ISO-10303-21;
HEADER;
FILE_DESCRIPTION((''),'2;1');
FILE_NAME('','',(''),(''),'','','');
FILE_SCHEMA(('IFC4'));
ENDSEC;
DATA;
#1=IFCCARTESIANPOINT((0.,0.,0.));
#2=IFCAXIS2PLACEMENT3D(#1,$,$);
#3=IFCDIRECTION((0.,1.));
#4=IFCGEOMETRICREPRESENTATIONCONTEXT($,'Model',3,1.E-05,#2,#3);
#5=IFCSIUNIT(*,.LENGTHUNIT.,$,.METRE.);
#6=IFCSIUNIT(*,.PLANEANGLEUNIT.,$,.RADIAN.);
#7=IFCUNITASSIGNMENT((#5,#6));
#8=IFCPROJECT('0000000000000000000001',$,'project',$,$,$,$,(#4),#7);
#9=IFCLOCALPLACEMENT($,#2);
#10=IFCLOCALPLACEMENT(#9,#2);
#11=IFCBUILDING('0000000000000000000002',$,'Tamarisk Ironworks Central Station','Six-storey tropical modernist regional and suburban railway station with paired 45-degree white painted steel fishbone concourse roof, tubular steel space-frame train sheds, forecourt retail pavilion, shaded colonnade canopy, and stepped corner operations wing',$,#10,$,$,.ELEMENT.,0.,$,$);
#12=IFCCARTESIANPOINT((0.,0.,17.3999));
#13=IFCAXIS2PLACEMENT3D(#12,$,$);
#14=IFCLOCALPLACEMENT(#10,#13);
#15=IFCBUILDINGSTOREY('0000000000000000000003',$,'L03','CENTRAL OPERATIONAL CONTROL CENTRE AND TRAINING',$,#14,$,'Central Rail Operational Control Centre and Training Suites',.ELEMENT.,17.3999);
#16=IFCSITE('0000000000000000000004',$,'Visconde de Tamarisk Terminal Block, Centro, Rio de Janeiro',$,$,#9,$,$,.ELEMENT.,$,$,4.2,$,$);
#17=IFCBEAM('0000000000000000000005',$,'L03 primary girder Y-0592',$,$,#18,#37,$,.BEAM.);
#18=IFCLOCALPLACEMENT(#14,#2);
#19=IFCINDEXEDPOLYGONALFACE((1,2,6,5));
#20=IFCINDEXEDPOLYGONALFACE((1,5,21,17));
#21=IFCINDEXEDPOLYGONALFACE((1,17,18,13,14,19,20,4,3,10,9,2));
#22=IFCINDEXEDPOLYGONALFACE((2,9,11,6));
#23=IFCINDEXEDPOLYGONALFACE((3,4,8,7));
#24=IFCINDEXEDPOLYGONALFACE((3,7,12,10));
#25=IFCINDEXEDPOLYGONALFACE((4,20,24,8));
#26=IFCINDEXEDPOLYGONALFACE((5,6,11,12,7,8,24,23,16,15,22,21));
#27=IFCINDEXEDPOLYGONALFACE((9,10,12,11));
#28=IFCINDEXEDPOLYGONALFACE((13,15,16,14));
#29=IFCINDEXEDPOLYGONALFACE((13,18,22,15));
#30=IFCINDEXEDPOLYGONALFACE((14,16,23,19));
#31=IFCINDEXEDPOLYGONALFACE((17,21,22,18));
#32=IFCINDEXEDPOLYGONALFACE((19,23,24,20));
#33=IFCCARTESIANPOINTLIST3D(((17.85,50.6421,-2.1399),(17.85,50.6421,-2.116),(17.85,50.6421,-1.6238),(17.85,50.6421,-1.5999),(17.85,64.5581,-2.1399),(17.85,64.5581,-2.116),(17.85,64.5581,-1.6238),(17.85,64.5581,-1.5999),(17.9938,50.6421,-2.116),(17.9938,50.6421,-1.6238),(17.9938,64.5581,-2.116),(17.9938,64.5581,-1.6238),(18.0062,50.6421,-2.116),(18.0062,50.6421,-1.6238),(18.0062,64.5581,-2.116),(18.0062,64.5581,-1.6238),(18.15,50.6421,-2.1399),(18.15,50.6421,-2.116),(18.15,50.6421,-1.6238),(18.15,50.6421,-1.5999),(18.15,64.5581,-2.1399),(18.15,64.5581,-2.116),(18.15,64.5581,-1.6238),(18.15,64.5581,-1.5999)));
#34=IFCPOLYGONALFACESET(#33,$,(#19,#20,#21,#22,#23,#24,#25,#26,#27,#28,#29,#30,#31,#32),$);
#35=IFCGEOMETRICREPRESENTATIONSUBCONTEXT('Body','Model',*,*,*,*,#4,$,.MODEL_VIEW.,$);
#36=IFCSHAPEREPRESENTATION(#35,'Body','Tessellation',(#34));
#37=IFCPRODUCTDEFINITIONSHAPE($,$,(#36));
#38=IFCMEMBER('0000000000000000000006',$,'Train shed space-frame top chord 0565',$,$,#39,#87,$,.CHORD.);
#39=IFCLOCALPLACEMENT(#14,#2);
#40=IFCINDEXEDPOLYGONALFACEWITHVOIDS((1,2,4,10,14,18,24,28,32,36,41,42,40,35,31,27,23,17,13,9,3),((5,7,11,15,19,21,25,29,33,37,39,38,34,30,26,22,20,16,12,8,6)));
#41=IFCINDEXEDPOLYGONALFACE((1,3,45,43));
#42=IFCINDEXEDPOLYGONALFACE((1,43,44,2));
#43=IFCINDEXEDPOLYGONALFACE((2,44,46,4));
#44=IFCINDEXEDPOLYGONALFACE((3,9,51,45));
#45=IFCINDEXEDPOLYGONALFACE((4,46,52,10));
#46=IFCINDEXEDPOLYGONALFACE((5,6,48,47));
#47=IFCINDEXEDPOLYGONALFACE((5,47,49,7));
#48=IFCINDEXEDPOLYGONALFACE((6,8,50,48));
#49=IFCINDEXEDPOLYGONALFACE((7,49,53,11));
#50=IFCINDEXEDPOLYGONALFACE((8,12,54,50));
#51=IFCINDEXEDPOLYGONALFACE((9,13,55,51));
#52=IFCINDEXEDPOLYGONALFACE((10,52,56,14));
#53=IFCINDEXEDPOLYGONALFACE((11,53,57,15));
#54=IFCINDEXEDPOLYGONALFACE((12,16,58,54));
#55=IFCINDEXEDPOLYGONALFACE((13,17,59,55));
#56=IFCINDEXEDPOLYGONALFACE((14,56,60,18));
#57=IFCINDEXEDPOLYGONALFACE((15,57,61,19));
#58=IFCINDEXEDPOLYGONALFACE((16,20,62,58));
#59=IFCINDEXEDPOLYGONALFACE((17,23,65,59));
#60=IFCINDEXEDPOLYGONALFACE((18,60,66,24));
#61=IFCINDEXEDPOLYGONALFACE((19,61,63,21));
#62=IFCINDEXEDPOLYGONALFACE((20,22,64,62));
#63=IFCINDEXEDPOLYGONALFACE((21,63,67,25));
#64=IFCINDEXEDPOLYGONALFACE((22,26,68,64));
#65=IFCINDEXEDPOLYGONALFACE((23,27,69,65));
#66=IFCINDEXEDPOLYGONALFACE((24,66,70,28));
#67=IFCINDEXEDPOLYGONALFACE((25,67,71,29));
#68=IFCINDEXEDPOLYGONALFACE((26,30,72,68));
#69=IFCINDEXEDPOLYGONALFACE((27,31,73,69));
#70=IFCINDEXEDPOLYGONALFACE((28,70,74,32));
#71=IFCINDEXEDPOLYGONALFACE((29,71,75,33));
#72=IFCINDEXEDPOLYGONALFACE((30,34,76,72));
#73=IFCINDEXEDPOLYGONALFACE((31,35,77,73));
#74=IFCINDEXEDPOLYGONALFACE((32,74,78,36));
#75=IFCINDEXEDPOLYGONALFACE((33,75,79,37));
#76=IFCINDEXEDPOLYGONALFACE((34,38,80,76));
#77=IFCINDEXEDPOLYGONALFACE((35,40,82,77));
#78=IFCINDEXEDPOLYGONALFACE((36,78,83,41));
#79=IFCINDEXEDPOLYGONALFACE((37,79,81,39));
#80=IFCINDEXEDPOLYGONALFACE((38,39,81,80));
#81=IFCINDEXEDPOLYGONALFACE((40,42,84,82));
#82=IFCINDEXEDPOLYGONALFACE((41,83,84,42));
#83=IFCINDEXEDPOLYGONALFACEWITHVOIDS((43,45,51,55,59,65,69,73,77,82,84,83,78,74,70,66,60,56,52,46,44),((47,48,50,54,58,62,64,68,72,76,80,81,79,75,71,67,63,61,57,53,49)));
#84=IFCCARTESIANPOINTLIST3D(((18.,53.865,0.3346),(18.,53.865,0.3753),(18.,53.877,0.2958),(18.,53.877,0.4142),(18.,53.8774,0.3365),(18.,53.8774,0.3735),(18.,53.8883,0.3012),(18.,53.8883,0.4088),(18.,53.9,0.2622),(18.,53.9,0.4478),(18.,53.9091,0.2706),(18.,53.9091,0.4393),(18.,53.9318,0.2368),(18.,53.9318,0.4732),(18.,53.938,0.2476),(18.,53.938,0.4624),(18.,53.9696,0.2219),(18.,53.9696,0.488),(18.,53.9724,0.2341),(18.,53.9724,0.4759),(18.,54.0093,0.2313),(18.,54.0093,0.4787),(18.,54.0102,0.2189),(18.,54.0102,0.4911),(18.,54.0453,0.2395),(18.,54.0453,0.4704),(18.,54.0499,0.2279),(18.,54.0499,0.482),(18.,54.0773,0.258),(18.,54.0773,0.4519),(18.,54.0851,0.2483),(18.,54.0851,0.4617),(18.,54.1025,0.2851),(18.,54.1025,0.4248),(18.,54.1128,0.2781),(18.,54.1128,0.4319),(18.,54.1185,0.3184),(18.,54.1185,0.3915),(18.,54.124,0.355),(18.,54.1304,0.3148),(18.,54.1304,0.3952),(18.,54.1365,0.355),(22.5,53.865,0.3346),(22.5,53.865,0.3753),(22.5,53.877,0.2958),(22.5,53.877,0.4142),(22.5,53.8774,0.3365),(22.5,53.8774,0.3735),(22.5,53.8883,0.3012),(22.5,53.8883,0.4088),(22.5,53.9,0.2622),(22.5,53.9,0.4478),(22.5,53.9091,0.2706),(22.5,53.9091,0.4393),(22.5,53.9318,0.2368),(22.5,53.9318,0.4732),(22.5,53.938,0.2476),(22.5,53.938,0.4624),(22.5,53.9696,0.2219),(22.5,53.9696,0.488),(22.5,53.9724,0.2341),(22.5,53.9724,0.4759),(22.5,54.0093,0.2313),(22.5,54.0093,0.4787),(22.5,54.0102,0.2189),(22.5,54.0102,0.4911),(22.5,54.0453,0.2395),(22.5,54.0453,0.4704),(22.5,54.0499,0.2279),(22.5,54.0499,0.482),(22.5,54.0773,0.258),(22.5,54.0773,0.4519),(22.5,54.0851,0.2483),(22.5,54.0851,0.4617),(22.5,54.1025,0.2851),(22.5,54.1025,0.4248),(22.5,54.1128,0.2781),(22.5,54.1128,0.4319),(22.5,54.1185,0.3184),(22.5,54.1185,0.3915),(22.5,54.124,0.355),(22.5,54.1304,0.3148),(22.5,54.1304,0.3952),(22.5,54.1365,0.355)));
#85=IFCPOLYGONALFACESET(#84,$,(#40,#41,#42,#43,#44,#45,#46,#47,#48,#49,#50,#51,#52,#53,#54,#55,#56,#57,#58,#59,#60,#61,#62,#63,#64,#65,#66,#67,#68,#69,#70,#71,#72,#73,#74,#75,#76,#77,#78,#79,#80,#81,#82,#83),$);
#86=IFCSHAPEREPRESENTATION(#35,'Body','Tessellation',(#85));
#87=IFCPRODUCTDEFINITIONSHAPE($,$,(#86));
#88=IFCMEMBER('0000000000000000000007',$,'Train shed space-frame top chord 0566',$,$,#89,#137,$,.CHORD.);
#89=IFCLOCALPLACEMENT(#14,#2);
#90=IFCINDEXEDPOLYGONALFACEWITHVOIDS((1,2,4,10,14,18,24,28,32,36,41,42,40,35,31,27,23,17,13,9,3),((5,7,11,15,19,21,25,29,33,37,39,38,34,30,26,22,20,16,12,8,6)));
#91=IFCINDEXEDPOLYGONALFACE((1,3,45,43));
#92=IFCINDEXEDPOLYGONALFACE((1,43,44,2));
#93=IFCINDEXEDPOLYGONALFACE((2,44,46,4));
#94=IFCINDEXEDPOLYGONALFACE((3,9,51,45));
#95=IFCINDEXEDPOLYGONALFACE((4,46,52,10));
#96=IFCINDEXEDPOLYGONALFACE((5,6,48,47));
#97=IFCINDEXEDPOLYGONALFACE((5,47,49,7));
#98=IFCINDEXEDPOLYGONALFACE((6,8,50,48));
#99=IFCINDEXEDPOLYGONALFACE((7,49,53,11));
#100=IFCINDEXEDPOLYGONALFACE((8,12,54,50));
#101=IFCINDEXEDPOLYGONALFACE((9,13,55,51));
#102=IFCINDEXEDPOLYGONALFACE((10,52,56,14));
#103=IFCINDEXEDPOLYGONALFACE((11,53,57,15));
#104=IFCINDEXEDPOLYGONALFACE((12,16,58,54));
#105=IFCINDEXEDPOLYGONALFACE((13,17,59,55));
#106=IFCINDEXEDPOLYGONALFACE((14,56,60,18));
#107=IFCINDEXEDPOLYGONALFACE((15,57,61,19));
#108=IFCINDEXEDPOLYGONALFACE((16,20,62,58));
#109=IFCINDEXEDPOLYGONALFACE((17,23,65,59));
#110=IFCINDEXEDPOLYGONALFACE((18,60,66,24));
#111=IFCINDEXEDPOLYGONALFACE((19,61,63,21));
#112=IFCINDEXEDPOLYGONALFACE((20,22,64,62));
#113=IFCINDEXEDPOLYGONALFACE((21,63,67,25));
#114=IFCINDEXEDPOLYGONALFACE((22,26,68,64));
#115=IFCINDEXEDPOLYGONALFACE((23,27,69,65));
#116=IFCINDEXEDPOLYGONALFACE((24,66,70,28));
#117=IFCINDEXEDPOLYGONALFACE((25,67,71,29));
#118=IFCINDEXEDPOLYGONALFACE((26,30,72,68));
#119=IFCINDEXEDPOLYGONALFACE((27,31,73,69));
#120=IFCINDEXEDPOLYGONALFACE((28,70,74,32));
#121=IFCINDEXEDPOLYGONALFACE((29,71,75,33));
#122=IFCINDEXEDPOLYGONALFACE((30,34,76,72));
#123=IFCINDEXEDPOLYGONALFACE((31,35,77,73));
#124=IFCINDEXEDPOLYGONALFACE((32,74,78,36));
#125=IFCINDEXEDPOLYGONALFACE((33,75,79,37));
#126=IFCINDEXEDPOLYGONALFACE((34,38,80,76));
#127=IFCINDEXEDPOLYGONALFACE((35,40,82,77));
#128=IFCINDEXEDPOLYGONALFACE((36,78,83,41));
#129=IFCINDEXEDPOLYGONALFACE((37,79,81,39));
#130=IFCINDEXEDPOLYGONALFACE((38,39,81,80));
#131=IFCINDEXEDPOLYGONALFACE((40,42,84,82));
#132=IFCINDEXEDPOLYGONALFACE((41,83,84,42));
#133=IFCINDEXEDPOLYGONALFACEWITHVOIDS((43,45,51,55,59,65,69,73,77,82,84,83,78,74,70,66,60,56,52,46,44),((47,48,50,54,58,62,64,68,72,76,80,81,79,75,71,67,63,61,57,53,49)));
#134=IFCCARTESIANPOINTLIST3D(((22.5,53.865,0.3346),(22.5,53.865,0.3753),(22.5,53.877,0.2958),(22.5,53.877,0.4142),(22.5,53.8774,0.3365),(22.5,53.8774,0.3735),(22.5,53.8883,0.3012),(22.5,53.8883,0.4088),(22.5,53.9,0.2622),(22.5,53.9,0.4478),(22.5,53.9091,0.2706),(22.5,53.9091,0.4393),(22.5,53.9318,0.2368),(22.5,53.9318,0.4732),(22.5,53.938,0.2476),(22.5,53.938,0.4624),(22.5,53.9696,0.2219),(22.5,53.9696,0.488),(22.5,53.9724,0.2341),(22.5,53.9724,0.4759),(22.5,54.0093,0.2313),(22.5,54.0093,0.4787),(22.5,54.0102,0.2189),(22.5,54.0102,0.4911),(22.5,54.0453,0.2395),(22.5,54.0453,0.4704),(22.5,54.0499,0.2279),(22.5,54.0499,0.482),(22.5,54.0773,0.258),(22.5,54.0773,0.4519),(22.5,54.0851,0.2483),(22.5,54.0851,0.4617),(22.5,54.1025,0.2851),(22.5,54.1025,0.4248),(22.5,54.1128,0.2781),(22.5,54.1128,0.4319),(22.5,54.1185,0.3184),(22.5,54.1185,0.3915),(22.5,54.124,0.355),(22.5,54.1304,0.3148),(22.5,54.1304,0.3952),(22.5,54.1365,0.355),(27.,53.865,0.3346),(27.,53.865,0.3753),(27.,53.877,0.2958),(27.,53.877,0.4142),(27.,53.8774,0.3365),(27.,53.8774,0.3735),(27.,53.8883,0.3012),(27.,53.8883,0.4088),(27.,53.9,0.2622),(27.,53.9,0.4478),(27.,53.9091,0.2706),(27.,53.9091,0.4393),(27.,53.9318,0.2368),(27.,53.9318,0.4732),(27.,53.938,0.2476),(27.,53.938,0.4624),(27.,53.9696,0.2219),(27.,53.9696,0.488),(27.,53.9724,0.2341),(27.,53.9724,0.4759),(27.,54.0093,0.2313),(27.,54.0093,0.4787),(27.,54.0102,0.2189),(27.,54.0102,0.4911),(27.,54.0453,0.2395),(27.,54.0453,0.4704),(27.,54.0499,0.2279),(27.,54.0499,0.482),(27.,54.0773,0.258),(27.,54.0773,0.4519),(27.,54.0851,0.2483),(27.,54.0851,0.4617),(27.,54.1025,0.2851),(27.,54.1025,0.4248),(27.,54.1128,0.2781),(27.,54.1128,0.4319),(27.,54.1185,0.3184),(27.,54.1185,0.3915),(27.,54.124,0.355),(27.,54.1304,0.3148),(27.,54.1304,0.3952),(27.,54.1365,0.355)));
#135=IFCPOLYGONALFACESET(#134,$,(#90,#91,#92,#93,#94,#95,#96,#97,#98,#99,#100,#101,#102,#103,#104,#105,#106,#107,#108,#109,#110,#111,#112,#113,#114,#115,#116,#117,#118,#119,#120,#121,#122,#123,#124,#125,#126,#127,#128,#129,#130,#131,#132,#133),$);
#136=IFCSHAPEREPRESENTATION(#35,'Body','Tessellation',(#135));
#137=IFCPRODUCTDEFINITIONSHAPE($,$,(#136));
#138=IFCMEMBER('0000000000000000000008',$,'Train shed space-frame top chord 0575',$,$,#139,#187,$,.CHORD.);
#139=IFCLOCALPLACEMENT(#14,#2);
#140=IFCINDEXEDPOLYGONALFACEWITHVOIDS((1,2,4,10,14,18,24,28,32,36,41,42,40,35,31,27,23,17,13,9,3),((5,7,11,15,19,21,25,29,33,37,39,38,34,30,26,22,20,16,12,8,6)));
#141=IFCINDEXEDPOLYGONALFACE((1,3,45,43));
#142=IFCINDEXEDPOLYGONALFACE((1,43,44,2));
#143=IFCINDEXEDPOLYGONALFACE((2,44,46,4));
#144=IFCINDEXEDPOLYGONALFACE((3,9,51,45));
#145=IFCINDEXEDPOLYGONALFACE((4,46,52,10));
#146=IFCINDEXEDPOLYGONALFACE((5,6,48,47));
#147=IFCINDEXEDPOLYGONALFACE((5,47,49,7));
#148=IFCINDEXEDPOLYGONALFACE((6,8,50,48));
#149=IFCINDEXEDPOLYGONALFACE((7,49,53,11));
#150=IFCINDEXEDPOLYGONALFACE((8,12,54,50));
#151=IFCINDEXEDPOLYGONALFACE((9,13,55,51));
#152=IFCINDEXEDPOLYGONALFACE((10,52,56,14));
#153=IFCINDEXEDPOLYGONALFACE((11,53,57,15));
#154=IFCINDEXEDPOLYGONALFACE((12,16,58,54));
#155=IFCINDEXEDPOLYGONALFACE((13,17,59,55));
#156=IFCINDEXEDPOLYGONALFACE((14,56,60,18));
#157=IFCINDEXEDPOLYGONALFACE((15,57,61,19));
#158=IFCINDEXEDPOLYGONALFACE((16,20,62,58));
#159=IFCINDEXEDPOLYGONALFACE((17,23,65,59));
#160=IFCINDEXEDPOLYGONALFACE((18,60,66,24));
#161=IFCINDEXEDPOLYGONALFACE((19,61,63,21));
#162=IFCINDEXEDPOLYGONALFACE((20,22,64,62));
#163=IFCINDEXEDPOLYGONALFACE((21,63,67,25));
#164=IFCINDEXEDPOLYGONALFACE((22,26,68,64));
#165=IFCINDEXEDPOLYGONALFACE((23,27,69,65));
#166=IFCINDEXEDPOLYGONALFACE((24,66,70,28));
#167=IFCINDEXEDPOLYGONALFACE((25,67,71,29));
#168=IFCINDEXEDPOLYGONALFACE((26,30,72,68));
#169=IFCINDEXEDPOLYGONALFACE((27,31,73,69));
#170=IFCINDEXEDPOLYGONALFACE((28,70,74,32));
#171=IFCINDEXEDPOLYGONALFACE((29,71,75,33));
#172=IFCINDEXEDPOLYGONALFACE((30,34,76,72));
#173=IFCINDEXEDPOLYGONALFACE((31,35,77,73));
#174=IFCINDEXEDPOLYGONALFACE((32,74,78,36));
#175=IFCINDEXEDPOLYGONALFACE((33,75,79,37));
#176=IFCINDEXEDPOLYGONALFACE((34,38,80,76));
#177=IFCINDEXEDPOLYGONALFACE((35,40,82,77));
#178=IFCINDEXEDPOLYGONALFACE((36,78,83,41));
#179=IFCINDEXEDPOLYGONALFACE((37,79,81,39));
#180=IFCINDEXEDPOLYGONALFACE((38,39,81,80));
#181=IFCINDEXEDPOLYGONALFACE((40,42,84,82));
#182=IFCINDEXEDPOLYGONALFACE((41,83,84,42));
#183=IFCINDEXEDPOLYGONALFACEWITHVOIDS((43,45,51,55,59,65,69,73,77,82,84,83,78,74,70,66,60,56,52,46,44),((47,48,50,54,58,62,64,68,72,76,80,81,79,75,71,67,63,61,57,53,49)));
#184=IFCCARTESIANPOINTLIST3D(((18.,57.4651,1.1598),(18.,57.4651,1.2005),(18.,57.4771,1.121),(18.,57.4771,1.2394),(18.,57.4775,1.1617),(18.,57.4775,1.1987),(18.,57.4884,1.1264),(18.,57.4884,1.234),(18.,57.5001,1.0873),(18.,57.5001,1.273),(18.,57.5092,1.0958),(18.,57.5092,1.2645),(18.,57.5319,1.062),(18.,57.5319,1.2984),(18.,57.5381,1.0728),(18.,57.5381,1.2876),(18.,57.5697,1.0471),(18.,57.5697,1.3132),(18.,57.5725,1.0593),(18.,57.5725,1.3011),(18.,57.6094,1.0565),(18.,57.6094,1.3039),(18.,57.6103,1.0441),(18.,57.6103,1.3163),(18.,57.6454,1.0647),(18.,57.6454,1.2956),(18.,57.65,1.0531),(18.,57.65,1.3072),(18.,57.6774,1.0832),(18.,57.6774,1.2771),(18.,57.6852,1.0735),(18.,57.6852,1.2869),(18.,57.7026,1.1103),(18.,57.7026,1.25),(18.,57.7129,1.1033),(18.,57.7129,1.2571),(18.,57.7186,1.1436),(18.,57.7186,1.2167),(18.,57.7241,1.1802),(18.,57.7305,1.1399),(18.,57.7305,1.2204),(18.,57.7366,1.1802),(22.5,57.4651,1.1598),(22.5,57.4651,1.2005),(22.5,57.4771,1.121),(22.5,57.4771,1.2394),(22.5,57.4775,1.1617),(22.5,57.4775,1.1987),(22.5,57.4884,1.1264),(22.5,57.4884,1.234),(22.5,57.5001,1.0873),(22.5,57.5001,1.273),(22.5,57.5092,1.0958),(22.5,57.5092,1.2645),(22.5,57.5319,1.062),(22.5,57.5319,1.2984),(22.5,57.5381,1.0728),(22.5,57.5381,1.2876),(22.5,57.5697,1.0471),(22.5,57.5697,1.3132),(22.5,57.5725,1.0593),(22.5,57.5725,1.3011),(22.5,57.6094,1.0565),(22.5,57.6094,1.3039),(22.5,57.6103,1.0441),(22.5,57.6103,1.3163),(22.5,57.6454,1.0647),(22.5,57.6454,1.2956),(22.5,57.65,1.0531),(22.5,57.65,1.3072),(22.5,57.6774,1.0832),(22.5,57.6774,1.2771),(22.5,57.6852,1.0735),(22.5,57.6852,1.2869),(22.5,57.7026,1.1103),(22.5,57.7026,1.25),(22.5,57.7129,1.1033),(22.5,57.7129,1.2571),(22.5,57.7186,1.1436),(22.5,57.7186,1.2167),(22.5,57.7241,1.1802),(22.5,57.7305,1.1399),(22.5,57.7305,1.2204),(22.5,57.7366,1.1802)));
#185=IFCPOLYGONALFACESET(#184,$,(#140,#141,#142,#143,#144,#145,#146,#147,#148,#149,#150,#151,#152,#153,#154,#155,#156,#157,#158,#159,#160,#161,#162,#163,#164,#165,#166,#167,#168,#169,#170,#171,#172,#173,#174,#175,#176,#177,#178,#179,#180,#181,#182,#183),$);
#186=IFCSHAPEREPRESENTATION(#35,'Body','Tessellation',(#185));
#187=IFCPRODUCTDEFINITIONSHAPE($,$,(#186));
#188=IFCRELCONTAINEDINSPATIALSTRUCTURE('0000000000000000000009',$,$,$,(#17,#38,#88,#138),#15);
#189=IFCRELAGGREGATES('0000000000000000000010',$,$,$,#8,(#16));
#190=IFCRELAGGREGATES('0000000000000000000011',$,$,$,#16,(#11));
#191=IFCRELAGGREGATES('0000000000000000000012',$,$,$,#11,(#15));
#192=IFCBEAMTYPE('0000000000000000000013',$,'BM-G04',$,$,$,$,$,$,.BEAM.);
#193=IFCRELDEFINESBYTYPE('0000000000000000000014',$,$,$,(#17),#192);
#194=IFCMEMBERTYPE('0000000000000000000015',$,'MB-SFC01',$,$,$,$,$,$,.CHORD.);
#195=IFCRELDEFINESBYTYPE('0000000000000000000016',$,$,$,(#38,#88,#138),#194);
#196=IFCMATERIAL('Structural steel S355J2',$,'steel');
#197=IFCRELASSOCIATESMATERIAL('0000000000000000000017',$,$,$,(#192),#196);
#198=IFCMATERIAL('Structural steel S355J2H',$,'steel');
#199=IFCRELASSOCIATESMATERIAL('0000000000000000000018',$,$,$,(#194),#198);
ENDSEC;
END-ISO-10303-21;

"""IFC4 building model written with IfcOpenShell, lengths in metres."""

from ifc_helpers import new_model, si_unit, direction, frame, origin, origin_2d, place, context, subcontext, project, spatial, hollow_circle, i_section, extrude, material, material_profile, profile_set, type_object, element, save


model = new_model("IFC4")

# Units and contexts
model_context = context("Model", 3, precision=1e-05, world=origin(), true_north=direction((0.0, 1.0)))
body_context = subcontext(model_context, "Body", "Model", "MODEL_VIEW")
ifc_project = project(units=[si_unit("LENGTHUNIT", "METRE"), si_unit("PLANEANGLEUNIT", "RADIAN")], contexts=[model_context])

# Site, building, storey
site_placement = place(None, origin())
site = spatial("IfcSite", under=ifc_project, at=site_placement, Name="Visconde de Tamarisk Terminal Block, Centro, Rio de Janeiro", CompositionType="ELEMENT", RefElevation=4.2)
building_placement = place(site_placement, origin())
building = spatial("IfcBuilding", under=site, at=building_placement, Name="Tamarisk Ironworks Central Station", Description="Six-storey tropical modernist regional and suburban railway station with paired 45-degree white painted steel fishbone concourse roof, tubular steel space-frame train sheds, forecourt retail pavilion, shaded colonnade canopy, and stepped corner operations wing", CompositionType="ELEMENT", ElevationOfRefHeight=0.0)
storey_placement = place(building_placement, frame((0.0, 0.0, 17.3999)))
storey = spatial("IfcBuildingStorey", under=building, at=storey_placement, Name="L03", Description="CENTRAL OPERATIONAL CONTROL CENTRE AND TRAINING", LongName="Central Rail Operational Control Centre and Training Suites", CompositionType="ELEMENT", Elevation=17.3999)

# Beam
ifc_material_1 = material(Name="Structural steel S355J2", Category="steel")
ifc_material_profile_1 = material_profile(ifc_material_1, i_section(OverallWidth=0.3, OverallDepth=0.54, WebThickness=0.0125, FlangeThickness=0.0239, at=origin_2d()), Name="HEA 550")
ifc_profile_set_1 = profile_set([ifc_material_profile_1], Name="Structural steel S355J2")
beam_type = type_object("IfcBeamType", Name="BM-G04", PredefinedType="BEAM", material=ifc_profile_set_1)
beam_placement = place(storey_placement, frame((18.0, 50.6421, -1.8699), z_axis=(0.0, 1.0, 0.0), x_axis=(-1.0, 0.0, 0.0)))
element("IfcBeam", 1, at=beam_placement, inside=storey, type_object=beam_type, Name="L03 primary girder Y-0592", PredefinedType="BEAM", context=body_context, shape_type="SweptSolid", body=[
    extrude(i_section(OverallWidth=0.3, OverallDepth=0.54, WebThickness=0.0125, FlangeThickness=0.0239, at=origin_2d()), origin(), (0.0, 0.0, 1.0), 13.916),
])

# Members
ifc_material_2 = material(Name="Structural steel S355J2H", Category="steel")
ifc_material_profile_2 = material_profile(ifc_material_2, hollow_circle(Radius=0.1365, WallThickness=0.0125, at=origin_2d()), Name="CHS 273x12.5")
ifc_profile_set_2 = profile_set([ifc_material_profile_2], Name="Structural steel S355J2H")
member_type_1 = type_object("IfcMemberType", Name="MB-SFC01", PredefinedType="CHORD", material=ifc_profile_set_2)
for number, where, z_axis, x_axis, name in (
    (2, (18.0, 54.0, 0.355), (1.0, 0.0, 0.0), (0.0, 1.0, 0.0), "Train shed space-frame top chord 0565"),
    (3, (22.5, 54.0, 0.355), (1.0, 0.0, 0.0), (0.0, 1.0, 0.0), "Train shed space-frame top chord 0566"),
    (4, (18.0, 57.6001, 1.1802), (1.0, 0.0, 0.0), (0.0, 1.0, 0.0), "Train shed space-frame top chord 0575"),
):
    element("IfcMember", number, at=place(storey_placement, frame(where, z_axis=z_axis, x_axis=x_axis)), inside=storey, type_object=member_type_1, Name=name, PredefinedType="CHORD", context=body_context, shape_type="SweptSolid", body=[
        extrude(hollow_circle(Radius=0.1365, WallThickness=0.0125, at=origin_2d()), origin(), (0.0, 0.0, 1.0), 4.5),
    ])

save(model, "model.ifc")
